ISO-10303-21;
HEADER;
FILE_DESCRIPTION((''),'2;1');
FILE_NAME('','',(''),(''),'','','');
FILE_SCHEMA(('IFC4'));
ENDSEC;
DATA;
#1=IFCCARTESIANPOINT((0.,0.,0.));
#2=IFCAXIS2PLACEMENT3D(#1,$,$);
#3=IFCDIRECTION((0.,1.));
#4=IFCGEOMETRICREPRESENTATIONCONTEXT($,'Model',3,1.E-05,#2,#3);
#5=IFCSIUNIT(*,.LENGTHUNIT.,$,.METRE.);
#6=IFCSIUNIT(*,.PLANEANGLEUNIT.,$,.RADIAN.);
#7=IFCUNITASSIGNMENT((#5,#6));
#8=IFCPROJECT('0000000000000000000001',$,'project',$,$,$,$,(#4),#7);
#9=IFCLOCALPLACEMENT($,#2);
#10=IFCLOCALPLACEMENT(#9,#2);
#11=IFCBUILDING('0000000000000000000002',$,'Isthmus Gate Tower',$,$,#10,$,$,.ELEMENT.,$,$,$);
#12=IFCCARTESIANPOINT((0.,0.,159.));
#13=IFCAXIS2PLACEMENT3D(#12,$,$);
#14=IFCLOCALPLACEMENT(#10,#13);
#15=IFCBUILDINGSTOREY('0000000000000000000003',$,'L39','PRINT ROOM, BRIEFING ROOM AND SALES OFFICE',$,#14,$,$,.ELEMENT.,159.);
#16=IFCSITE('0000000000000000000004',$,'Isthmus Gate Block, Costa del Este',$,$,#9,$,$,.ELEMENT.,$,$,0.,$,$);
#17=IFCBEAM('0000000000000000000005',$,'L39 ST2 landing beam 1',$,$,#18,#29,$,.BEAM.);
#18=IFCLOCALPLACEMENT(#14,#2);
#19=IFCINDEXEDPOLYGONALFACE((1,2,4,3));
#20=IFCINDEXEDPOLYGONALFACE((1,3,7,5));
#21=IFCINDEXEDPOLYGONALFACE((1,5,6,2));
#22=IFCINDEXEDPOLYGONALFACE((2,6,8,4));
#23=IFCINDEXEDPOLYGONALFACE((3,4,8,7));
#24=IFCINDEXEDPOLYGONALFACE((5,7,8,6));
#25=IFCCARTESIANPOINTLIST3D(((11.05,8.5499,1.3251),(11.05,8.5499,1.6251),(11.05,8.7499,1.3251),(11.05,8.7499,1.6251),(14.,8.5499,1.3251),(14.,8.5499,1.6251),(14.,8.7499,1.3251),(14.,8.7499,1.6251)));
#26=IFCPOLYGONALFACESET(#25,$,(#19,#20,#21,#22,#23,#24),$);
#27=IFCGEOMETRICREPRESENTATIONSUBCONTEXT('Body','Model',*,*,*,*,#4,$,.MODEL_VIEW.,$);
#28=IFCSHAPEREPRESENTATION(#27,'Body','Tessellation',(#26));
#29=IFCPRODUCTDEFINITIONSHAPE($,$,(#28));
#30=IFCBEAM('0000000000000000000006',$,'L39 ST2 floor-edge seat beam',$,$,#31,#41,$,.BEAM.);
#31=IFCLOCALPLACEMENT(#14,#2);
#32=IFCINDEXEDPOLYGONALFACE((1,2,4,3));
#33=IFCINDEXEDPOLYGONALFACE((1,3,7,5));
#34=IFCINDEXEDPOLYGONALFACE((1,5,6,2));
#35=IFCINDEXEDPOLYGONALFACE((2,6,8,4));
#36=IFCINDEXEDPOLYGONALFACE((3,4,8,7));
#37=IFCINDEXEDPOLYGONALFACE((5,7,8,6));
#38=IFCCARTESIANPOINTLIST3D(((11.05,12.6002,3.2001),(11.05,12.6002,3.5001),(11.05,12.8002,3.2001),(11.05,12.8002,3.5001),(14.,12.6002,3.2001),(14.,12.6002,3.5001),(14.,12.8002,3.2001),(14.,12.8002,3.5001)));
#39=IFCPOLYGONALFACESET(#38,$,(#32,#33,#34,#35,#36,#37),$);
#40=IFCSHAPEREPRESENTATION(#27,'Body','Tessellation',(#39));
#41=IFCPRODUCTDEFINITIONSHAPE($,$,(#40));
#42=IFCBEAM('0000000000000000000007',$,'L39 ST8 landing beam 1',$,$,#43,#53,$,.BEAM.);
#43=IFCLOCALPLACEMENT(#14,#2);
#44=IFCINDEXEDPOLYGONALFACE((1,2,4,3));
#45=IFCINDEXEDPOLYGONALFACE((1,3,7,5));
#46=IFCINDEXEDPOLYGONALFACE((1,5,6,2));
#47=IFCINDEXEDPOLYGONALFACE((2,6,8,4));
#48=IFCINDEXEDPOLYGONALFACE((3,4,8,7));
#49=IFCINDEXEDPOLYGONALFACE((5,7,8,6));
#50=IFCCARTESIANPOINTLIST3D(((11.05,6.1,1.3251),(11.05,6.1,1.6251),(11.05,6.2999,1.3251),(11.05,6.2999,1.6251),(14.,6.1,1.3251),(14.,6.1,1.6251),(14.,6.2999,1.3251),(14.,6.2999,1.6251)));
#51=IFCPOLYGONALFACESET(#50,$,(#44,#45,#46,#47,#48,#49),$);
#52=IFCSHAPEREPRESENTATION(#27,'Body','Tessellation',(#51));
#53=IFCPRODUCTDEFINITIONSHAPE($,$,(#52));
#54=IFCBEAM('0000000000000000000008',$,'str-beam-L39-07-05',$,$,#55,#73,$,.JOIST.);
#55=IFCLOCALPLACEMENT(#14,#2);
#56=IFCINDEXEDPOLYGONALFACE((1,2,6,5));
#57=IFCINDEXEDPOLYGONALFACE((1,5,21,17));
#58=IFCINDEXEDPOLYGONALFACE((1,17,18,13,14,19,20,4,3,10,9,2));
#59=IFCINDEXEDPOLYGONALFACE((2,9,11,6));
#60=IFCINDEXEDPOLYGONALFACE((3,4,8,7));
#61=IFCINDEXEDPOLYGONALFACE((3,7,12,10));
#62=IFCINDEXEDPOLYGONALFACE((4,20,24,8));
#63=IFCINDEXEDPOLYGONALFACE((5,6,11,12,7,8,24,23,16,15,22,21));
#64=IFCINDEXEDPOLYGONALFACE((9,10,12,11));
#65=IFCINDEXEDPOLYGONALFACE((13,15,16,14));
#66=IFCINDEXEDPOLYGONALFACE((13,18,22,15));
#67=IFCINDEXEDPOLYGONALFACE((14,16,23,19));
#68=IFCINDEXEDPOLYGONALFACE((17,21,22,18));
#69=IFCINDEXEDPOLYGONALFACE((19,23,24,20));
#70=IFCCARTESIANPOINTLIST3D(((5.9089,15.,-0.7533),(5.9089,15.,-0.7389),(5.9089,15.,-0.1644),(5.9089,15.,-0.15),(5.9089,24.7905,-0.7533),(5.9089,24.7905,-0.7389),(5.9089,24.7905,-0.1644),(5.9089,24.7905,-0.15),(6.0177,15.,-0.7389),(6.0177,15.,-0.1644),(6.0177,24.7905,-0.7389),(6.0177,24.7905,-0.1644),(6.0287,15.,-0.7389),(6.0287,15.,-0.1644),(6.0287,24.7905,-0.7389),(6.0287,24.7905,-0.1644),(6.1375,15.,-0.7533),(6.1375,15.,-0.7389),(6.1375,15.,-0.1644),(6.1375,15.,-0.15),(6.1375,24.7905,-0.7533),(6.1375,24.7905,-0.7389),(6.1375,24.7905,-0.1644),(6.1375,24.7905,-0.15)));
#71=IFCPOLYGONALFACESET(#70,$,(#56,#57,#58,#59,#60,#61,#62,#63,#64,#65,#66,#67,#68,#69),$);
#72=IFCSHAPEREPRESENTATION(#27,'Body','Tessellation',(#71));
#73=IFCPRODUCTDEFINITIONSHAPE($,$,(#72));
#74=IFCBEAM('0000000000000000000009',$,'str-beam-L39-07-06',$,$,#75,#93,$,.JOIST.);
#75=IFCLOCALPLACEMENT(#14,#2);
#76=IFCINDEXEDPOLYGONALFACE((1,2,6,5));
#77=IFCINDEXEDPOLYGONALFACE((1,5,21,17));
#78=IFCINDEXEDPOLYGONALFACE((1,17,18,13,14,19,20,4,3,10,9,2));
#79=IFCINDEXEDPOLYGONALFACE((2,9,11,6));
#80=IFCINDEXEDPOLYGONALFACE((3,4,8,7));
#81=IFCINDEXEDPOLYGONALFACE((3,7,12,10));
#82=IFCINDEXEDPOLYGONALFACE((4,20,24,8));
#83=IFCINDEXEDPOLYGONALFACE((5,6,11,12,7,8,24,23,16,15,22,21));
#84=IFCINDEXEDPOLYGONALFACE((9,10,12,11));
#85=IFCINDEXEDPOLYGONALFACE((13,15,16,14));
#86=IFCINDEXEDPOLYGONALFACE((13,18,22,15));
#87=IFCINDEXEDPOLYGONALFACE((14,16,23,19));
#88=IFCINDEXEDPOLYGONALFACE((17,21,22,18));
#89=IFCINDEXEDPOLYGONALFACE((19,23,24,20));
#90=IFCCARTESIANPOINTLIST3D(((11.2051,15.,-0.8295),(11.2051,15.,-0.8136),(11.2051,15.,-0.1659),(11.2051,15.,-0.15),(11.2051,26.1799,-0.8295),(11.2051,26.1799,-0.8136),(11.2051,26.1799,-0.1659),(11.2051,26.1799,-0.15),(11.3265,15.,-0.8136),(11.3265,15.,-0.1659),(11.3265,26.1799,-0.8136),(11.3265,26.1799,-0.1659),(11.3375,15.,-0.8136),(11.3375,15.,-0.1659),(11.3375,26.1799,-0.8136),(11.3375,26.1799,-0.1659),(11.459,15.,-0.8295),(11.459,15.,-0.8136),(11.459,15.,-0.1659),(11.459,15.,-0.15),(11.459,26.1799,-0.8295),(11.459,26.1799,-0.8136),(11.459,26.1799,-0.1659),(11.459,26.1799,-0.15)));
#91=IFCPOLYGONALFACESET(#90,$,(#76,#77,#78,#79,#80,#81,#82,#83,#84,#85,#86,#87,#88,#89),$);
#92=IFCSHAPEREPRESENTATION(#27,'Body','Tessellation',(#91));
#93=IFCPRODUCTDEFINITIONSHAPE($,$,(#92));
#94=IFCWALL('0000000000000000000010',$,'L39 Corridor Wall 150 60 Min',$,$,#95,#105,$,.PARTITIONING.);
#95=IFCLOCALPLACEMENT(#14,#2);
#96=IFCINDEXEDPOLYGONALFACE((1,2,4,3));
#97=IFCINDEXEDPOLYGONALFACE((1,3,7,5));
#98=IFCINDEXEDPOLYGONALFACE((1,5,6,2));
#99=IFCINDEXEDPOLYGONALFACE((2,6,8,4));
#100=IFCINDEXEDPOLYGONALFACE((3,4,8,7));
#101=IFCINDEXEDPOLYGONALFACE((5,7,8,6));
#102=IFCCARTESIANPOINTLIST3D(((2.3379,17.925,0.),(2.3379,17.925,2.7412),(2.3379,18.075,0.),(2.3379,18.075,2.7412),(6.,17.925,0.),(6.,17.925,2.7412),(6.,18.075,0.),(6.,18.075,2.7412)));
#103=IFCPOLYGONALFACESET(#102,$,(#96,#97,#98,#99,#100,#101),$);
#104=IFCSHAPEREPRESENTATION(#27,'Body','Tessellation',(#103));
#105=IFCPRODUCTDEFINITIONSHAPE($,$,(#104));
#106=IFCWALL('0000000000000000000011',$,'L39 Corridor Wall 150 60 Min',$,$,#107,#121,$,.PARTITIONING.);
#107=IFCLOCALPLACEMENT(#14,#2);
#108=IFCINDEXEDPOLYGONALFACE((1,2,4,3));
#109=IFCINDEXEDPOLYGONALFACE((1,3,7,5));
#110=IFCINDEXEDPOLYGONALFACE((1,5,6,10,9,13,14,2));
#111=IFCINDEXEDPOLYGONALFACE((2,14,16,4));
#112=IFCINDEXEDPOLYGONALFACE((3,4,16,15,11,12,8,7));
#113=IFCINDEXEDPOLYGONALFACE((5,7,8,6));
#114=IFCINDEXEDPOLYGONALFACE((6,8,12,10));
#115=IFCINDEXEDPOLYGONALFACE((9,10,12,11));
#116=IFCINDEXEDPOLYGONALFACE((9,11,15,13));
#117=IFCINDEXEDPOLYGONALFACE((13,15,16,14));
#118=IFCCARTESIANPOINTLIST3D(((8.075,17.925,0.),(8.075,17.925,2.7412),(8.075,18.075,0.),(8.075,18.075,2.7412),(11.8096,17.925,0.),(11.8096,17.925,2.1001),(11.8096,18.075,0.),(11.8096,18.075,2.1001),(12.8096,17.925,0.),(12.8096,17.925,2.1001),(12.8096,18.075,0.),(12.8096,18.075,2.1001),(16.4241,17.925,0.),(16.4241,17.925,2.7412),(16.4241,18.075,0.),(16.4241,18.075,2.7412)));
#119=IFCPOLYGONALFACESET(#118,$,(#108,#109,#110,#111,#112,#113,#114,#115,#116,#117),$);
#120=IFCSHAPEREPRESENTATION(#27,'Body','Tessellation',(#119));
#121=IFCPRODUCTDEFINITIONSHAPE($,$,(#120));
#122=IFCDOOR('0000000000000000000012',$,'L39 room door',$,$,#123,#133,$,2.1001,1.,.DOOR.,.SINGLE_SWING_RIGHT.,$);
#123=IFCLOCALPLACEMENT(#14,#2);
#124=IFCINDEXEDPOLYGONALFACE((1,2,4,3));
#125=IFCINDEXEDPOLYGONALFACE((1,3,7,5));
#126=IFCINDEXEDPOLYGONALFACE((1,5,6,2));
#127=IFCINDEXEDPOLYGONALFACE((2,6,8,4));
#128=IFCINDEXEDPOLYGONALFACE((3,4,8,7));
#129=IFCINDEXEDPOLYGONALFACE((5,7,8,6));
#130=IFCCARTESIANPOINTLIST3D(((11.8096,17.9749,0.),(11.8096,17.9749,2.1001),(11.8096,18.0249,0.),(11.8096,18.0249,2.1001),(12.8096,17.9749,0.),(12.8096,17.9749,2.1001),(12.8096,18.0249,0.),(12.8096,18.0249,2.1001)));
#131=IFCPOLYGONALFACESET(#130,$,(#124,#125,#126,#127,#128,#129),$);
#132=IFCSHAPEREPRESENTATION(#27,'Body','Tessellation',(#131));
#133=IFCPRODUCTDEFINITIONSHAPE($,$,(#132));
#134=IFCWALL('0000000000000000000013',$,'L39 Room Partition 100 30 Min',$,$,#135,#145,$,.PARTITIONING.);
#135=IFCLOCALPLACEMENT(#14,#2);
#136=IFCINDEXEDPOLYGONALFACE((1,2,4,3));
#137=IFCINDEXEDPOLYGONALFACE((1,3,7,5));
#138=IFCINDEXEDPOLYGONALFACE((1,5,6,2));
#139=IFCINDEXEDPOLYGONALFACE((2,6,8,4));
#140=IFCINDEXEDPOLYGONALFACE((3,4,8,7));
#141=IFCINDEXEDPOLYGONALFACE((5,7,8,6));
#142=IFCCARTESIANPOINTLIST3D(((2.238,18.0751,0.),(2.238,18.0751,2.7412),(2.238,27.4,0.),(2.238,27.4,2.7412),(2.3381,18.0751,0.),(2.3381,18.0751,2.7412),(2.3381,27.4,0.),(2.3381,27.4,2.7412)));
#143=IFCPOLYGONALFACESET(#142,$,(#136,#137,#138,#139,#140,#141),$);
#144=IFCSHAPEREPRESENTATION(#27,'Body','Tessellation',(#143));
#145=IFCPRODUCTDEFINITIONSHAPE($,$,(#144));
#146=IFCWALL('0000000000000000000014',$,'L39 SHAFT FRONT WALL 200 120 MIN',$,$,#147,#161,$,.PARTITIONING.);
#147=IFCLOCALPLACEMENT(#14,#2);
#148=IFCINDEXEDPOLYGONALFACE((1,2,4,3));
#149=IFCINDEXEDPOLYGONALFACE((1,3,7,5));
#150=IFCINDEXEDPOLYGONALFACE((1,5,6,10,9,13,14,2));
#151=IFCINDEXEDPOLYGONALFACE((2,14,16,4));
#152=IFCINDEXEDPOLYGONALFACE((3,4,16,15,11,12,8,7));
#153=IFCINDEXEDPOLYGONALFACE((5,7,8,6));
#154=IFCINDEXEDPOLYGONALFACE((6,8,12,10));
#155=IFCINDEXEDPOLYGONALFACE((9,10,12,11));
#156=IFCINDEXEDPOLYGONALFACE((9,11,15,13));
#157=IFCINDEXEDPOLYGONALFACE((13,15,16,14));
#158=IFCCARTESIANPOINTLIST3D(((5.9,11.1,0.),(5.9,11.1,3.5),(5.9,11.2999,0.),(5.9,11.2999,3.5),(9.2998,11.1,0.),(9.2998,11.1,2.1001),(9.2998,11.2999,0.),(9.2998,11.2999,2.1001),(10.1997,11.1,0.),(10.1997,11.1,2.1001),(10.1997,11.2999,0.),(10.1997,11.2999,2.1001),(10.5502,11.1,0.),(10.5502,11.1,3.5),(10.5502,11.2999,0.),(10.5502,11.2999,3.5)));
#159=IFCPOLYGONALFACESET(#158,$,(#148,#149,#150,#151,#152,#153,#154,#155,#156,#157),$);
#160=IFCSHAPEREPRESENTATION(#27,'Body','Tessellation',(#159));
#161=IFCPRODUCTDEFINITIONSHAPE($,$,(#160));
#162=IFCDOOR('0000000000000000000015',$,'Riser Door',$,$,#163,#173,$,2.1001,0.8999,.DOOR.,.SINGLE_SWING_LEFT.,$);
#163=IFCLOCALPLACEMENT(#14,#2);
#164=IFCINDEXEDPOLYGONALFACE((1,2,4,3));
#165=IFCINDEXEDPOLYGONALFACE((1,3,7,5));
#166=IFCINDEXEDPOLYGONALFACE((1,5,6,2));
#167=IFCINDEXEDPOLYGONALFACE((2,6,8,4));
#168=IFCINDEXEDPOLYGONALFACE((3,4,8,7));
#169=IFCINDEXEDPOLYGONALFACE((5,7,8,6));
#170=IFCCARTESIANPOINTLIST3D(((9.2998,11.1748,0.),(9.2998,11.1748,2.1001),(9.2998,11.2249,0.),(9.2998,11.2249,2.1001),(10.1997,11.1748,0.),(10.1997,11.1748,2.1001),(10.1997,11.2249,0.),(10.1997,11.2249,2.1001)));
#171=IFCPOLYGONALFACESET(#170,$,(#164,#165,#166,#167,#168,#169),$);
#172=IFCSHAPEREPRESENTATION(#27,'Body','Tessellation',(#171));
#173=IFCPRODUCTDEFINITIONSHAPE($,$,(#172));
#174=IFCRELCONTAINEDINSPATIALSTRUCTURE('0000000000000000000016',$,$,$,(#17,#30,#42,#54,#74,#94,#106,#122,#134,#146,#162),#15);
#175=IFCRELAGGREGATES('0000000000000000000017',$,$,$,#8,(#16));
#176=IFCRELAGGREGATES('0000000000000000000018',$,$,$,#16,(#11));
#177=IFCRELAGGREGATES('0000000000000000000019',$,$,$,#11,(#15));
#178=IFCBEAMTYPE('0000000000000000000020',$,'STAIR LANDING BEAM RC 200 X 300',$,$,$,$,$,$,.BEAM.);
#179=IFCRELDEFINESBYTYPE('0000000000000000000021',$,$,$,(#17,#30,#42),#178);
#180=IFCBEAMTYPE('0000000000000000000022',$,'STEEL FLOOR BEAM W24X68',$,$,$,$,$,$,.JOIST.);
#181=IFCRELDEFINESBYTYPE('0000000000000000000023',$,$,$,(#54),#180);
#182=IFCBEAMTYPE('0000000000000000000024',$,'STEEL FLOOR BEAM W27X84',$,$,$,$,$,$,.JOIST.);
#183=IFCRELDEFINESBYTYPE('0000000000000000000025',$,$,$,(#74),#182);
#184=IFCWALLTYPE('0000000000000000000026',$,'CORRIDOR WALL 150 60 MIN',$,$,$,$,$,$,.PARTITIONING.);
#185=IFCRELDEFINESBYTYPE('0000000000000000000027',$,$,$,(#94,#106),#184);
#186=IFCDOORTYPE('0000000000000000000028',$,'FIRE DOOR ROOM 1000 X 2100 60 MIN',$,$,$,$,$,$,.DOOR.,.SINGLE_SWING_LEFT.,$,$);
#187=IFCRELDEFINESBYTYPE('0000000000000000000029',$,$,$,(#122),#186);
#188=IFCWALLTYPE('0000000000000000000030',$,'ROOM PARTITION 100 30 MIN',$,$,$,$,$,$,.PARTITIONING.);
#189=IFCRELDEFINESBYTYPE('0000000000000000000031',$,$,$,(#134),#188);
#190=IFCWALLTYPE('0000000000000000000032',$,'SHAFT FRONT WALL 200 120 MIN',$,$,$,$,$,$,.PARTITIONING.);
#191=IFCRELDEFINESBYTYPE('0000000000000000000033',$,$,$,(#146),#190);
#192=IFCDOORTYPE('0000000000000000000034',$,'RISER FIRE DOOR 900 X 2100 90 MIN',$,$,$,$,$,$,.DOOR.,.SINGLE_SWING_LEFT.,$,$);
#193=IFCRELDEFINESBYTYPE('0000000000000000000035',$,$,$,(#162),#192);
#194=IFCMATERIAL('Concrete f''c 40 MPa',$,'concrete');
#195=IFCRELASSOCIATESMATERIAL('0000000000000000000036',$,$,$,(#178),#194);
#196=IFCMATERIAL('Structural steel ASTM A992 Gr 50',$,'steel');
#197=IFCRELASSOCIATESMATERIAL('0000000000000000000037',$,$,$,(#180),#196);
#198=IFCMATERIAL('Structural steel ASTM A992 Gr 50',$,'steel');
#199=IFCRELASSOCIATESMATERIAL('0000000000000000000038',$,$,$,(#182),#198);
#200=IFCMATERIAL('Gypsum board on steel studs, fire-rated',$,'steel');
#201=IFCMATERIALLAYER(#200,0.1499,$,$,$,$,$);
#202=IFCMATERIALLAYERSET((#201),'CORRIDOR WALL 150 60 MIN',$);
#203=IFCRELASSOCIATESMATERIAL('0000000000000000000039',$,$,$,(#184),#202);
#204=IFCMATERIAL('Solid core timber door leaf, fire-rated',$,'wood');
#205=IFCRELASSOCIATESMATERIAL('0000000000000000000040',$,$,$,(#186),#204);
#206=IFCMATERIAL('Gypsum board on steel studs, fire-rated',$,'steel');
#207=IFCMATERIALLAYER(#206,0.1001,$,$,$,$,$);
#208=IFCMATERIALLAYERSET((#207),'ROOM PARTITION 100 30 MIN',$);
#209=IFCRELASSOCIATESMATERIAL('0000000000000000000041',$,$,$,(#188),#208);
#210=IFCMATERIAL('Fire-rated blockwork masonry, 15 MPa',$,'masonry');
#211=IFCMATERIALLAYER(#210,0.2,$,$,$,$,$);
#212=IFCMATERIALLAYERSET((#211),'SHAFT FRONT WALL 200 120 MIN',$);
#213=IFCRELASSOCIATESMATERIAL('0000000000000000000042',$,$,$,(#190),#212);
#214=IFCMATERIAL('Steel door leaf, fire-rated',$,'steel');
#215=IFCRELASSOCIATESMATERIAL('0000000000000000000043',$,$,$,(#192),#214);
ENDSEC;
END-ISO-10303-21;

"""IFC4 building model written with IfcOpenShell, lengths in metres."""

from ifc_helpers import new_model, si_unit, direction, frame, frame_2d, origin, origin_2d, place, context, subcontext, project, spatial, rectangle, i_section, extrude, material, layer, layer_set, material_profile, profile_set, type_object, element, fill, save


model = new_model("IFC4")

# Units and contexts
model_context = context("Model", 3, precision=1e-05, world=origin(), true_north=direction((0.0, 1.0)))
body_context = subcontext(model_context, "Body", "Model", "MODEL_VIEW")
ifc_project = project(units=[si_unit("LENGTHUNIT", "METRE"), si_unit("PLANEANGLEUNIT", "RADIAN")], contexts=[model_context])

# Site, building, storey
site_placement = place(None, origin())
site = spatial("IfcSite", under=ifc_project, at=site_placement, Name="Isthmus Gate Block, Costa del Este", CompositionType="ELEMENT", RefElevation=0.0)
building_placement = place(site_placement, origin())
building = spatial("IfcBuilding", under=site, at=building_placement, Name="Isthmus Gate Tower", CompositionType="ELEMENT")
storey_placement = place(building_placement, frame((0.0, 0.0, 159.0)))
storey = spatial("IfcBuildingStorey", under=building, at=storey_placement, Name="L39", Description="PRINT ROOM, BRIEFING ROOM AND SALES OFFICE", CompositionType="ELEMENT", Elevation=159.0)

# Beams
ifc_material_1 = material(Name="Concrete f'c 40 MPa", Category="concrete")
ifc_material_profile_1 = material_profile(ifc_material_1, rectangle(XDim=0.2, YDim=0.3, at=origin_2d()), Name="STAIR LANDING BEAM RC 200 X 300")
ifc_profile_set_1 = profile_set([ifc_material_profile_1], Name="Concrete f'c 40 MPa")
beam_type_1 = type_object("IfcBeamType", Name="STAIR LANDING BEAM RC 200 X 300", PredefinedType="BEAM", material=ifc_profile_set_1)
for number, where, z_axis, x_axis, name in (
    (1, (11.05, 8.6499, 1.4751), (1.0, 0.0, 0.0), (0.0, 1.0, 0.0), "L39 ST2 landing beam 1"),
    (2, (11.05, 12.7002, 3.3501), (1.0, 0.0, 0.0), (0.0, 1.0, 0.0), "L39 ST2 floor-edge seat beam"),
    (3, (11.05, 6.2, 1.4751), (1.0, 0.0, 0.0), (0.0, 1.0, 0.0), "L39 ST8 landing beam 1"),
):
    element("IfcBeam", number, at=place(storey_placement, frame(where, z_axis=z_axis, x_axis=x_axis)), inside=storey, type_object=beam_type_1, Name=name, PredefinedType="BEAM", context=body_context, shape_type="SweptSolid", body=[
        extrude(rectangle(XDim=0.2, YDim=0.3, at=origin_2d()), origin(), (0.0, 0.0, 1.0), 2.95),
    ])
ifc_material_2 = material(Name="Structural steel ASTM A992 Gr 50", Category="steel")
ifc_material_profile_2 = material_profile(ifc_material_2, i_section(OverallWidth=0.2285, OverallDepth=0.6033, WebThickness=0.011, FlangeThickness=0.0144, at=origin_2d()), Name="W24X68")
ifc_profile_set_2 = profile_set([ifc_material_profile_2], Name="Structural steel ASTM A992 Gr 50")
beam_type_2 = type_object("IfcBeamType", Name="STEEL FLOOR BEAM W24X68", PredefinedType="JOIST", material=ifc_profile_set_2)
beam_1_placement = place(storey_placement, frame((6.0232, 15.0, -0.4517), z_axis=(0.0, 1.0, 0.0), x_axis=(-1.0, 0.0, 0.0)))
element("IfcBeam", 4, at=beam_1_placement, inside=storey, type_object=beam_type_2, Name="str-beam-L39-07-05", PredefinedType="JOIST", context=body_context, shape_type="SweptSolid", body=[
    extrude(i_section(OverallWidth=0.2285, OverallDepth=0.6033, WebThickness=0.011, FlangeThickness=0.0144, at=origin_2d()), origin(), (0.0, 0.0, 1.0), 9.7905),
])
ifc_material_3 = material(Name="Structural steel ASTM A992 Gr 50", Category="steel")
ifc_material_profile_3 = material_profile(ifc_material_3, i_section(OverallWidth=0.2539, OverallDepth=0.6794, WebThickness=0.011, FlangeThickness=0.0159, at=origin_2d()), Name="W27X84")
ifc_profile_set_3 = profile_set([ifc_material_profile_3], Name="Structural steel ASTM A992 Gr 50")
beam_type_3 = type_object("IfcBeamType", Name="STEEL FLOOR BEAM W27X84", PredefinedType="JOIST", material=ifc_profile_set_3)
beam_2_placement = place(storey_placement, frame((11.332, 15.0, -0.4897), z_axis=(0.0, 1.0, 0.0), x_axis=(-1.0, 0.0, 0.0)))
element("IfcBeam", 5, at=beam_2_placement, inside=storey, type_object=beam_type_3, Name="str-beam-L39-07-06", PredefinedType="JOIST", context=body_context, shape_type="SweptSolid", body=[
    extrude(i_section(OverallWidth=0.2539, OverallDepth=0.6794, WebThickness=0.011, FlangeThickness=0.0159, at=origin_2d()), origin(), (0.0, 0.0, 1.0), 11.1799),
])

# Wall
ifc_material_4 = material(Name="Gypsum board on steel studs, fire-rated", Category="steel")
ifc_layer_1 = layer(ifc_material_4, 0.1499)
ifc_layer_set_1 = layer_set([ifc_layer_1], Name="CORRIDOR WALL 150 60 MIN")
wall_type_1 = type_object("IfcWallType", Name="CORRIDOR WALL 150 60 MIN", PredefinedType="PARTITIONING", material=ifc_layer_set_1)
wall_1_placement = place(storey_placement, frame((2.3379, 18.0, 0.0), z_axis=(0.0, 0.0, 1.0), x_axis=(1.0, 0.0, 0.0)))
element("IfcWall", 6, at=wall_1_placement, inside=storey, type_object=wall_type_1, Name="L39 Corridor Wall 150 60 Min", PredefinedType="PARTITIONING", context=body_context, shape_type="SweptSolid", body=[
    extrude(rectangle(XDim=3.6621, YDim=0.1499, at=frame_2d((1.8311, 0.0))), origin(), (0.0, 0.0, 1.0), 2.7412),
])

# Wall, opening, door
wall_2_placement = place(storey_placement, frame((8.075, 18.0, 0.0), z_axis=(0.0, 0.0, 1.0), x_axis=(1.0, 0.0, 0.0)))
wall_2 = element("IfcWall", 7, at=wall_2_placement, inside=storey, type_object=wall_type_1, Name="L39 Corridor Wall 150 60 Min", PredefinedType="PARTITIONING", context=body_context, shape_type="SweptSolid", body=[
    extrude(rectangle(XDim=8.3491, YDim=0.1499, at=frame_2d((4.1746, 0.0))), origin(), (0.0, 0.0, 1.0), 2.7412),
])
opening_1_placement = place(wall_2_placement, frame((3.7346, 0.0, 0.0)))
opening_1 = element("IfcOpeningElement", 8, at=opening_1_placement, cuts=wall_2, PredefinedType="OPENING", context=body_context, shape_type="SweptSolid", body=[
    extrude(rectangle(XDim=1.0, YDim=2.1001, at=frame_2d((0.5, 1.05))), frame((0.0, 0.085, 0.0), z_axis=(0.0, -1.0, 0.0), x_axis=(1.0, 0.0, 0.0)), (0.0, 0.0, 1.0), 0.1699),
])
ifc_material_5 = material(Name="Solid core timber door leaf, fire-rated", Category="wood")
door_type_1 = type_object("IfcDoorType", Name="FIRE DOOR ROOM 1000 X 2100 60 MIN", OperationType="SINGLE_SWING_LEFT", PredefinedType="DOOR", material=ifc_material_5)
door_1_placement = place(opening_1_placement, origin())
door_1 = element("IfcDoor", 9, at=door_1_placement, inside=storey, type_object=door_type_1, Name="L39 room door", OperationType="SINGLE_SWING_RIGHT", OverallHeight=2.1001, OverallWidth=1.0, PredefinedType="DOOR", context=body_context, shape_type="SweptSolid", body=[
    extrude(rectangle(XDim=1.0, YDim=2.1001, at=frame_2d((0.5, 1.05))), frame((0.0, 0.0249, 0.0), z_axis=(0.0, -1.0, 0.0), x_axis=(1.0, 0.0, 0.0)), (0.0, 0.0, 1.0), 0.05),
])
fill(opening_1, door_1)

# Wall
ifc_material_6 = material(Name="Gypsum board on steel studs, fire-rated", Category="steel")
ifc_layer_2 = layer(ifc_material_6, 0.1001)
ifc_layer_set_2 = layer_set([ifc_layer_2], Name="ROOM PARTITION 100 30 MIN")
wall_type_2 = type_object("IfcWallType", Name="ROOM PARTITION 100 30 MIN", PredefinedType="PARTITIONING", material=ifc_layer_set_2)
wall_3_placement = place(storey_placement, frame((2.2881, 18.075, 0.0), z_axis=(0.0, 0.0, 1.0), x_axis=(0.0, 1.0, 0.0)))
element("IfcWall", 10, at=wall_3_placement, inside=storey, type_object=wall_type_2, Name="L39 Room Partition 100 30 Min", PredefinedType="PARTITIONING", context=body_context, shape_type="SweptSolid", body=[
    extrude(rectangle(XDim=9.325, YDim=0.1001, at=frame_2d((4.6626, 0.0))), origin(), (0.0, 0.0, 1.0), 2.7412),
])

# Wall, opening, door
ifc_material_7 = material(Name="Fire-rated blockwork masonry, 15 MPa", Category="masonry")
ifc_layer_3 = layer(ifc_material_7, 0.2)
ifc_layer_set_3 = layer_set([ifc_layer_3], Name="SHAFT FRONT WALL 200 120 MIN")
wall_type_3 = type_object("IfcWallType", Name="SHAFT FRONT WALL 200 120 MIN", PredefinedType="PARTITIONING", material=ifc_layer_set_3)
wall_4_placement = place(storey_placement, frame((5.8999, 11.2, 0.0), z_axis=(0.0, 0.0, 1.0), x_axis=(1.0, 0.0, 0.0)))
wall_4 = element("IfcWall", 11, at=wall_4_placement, inside=storey, type_object=wall_type_3, Name="L39 SHAFT FRONT WALL 200 120 MIN", PredefinedType="PARTITIONING", context=body_context, shape_type="SweptSolid", body=[
    extrude(rectangle(XDim=4.6501, YDim=0.2, at=frame_2d((2.3252, 0.0))), origin(), (0.0, 0.0, 1.0), 3.5),
])
opening_2_placement = place(wall_4_placement, frame((3.3999, 0.0, 0.0)))
opening_2 = element("IfcOpeningElement", 12, at=opening_2_placement, cuts=wall_4, PredefinedType="OPENING", context=body_context, shape_type="SweptSolid", body=[
    extrude(rectangle(XDim=0.8999, YDim=2.1001, at=frame_2d((0.45, 1.05))), frame((0.0, 0.1099, 0.0), z_axis=(0.0, -1.0, 0.0), x_axis=(1.0, 0.0, 0.0)), (0.0, 0.0, 1.0), 0.22),
])
ifc_material_8 = material(Name="Steel door leaf, fire-rated", Category="steel")
door_type_2 = type_object("IfcDoorType", Name="RISER FIRE DOOR 900 X 2100 90 MIN", OperationType="SINGLE_SWING_LEFT", PredefinedType="DOOR", material=ifc_material_8)
door_2_placement = place(opening_2_placement, origin())
door_2 = element("IfcDoor", 13, at=door_2_placement, inside=storey, type_object=door_type_2, Name="Riser Door", OperationType="SINGLE_SWING_LEFT", OverallHeight=2.1001, OverallWidth=0.8999, PredefinedType="DOOR", context=body_context, shape_type="SweptSolid", body=[
    extrude(rectangle(XDim=0.8999, YDim=2.1001, at=frame_2d((0.45, 1.05))), frame((0.0, 0.0249, 0.0), z_axis=(0.0, -1.0, 0.0), x_axis=(1.0, 0.0, 0.0)), (0.0, 0.0, 1.0), 0.05),
])
fill(opening_2, door_2)

save(model, "model.ifc")
